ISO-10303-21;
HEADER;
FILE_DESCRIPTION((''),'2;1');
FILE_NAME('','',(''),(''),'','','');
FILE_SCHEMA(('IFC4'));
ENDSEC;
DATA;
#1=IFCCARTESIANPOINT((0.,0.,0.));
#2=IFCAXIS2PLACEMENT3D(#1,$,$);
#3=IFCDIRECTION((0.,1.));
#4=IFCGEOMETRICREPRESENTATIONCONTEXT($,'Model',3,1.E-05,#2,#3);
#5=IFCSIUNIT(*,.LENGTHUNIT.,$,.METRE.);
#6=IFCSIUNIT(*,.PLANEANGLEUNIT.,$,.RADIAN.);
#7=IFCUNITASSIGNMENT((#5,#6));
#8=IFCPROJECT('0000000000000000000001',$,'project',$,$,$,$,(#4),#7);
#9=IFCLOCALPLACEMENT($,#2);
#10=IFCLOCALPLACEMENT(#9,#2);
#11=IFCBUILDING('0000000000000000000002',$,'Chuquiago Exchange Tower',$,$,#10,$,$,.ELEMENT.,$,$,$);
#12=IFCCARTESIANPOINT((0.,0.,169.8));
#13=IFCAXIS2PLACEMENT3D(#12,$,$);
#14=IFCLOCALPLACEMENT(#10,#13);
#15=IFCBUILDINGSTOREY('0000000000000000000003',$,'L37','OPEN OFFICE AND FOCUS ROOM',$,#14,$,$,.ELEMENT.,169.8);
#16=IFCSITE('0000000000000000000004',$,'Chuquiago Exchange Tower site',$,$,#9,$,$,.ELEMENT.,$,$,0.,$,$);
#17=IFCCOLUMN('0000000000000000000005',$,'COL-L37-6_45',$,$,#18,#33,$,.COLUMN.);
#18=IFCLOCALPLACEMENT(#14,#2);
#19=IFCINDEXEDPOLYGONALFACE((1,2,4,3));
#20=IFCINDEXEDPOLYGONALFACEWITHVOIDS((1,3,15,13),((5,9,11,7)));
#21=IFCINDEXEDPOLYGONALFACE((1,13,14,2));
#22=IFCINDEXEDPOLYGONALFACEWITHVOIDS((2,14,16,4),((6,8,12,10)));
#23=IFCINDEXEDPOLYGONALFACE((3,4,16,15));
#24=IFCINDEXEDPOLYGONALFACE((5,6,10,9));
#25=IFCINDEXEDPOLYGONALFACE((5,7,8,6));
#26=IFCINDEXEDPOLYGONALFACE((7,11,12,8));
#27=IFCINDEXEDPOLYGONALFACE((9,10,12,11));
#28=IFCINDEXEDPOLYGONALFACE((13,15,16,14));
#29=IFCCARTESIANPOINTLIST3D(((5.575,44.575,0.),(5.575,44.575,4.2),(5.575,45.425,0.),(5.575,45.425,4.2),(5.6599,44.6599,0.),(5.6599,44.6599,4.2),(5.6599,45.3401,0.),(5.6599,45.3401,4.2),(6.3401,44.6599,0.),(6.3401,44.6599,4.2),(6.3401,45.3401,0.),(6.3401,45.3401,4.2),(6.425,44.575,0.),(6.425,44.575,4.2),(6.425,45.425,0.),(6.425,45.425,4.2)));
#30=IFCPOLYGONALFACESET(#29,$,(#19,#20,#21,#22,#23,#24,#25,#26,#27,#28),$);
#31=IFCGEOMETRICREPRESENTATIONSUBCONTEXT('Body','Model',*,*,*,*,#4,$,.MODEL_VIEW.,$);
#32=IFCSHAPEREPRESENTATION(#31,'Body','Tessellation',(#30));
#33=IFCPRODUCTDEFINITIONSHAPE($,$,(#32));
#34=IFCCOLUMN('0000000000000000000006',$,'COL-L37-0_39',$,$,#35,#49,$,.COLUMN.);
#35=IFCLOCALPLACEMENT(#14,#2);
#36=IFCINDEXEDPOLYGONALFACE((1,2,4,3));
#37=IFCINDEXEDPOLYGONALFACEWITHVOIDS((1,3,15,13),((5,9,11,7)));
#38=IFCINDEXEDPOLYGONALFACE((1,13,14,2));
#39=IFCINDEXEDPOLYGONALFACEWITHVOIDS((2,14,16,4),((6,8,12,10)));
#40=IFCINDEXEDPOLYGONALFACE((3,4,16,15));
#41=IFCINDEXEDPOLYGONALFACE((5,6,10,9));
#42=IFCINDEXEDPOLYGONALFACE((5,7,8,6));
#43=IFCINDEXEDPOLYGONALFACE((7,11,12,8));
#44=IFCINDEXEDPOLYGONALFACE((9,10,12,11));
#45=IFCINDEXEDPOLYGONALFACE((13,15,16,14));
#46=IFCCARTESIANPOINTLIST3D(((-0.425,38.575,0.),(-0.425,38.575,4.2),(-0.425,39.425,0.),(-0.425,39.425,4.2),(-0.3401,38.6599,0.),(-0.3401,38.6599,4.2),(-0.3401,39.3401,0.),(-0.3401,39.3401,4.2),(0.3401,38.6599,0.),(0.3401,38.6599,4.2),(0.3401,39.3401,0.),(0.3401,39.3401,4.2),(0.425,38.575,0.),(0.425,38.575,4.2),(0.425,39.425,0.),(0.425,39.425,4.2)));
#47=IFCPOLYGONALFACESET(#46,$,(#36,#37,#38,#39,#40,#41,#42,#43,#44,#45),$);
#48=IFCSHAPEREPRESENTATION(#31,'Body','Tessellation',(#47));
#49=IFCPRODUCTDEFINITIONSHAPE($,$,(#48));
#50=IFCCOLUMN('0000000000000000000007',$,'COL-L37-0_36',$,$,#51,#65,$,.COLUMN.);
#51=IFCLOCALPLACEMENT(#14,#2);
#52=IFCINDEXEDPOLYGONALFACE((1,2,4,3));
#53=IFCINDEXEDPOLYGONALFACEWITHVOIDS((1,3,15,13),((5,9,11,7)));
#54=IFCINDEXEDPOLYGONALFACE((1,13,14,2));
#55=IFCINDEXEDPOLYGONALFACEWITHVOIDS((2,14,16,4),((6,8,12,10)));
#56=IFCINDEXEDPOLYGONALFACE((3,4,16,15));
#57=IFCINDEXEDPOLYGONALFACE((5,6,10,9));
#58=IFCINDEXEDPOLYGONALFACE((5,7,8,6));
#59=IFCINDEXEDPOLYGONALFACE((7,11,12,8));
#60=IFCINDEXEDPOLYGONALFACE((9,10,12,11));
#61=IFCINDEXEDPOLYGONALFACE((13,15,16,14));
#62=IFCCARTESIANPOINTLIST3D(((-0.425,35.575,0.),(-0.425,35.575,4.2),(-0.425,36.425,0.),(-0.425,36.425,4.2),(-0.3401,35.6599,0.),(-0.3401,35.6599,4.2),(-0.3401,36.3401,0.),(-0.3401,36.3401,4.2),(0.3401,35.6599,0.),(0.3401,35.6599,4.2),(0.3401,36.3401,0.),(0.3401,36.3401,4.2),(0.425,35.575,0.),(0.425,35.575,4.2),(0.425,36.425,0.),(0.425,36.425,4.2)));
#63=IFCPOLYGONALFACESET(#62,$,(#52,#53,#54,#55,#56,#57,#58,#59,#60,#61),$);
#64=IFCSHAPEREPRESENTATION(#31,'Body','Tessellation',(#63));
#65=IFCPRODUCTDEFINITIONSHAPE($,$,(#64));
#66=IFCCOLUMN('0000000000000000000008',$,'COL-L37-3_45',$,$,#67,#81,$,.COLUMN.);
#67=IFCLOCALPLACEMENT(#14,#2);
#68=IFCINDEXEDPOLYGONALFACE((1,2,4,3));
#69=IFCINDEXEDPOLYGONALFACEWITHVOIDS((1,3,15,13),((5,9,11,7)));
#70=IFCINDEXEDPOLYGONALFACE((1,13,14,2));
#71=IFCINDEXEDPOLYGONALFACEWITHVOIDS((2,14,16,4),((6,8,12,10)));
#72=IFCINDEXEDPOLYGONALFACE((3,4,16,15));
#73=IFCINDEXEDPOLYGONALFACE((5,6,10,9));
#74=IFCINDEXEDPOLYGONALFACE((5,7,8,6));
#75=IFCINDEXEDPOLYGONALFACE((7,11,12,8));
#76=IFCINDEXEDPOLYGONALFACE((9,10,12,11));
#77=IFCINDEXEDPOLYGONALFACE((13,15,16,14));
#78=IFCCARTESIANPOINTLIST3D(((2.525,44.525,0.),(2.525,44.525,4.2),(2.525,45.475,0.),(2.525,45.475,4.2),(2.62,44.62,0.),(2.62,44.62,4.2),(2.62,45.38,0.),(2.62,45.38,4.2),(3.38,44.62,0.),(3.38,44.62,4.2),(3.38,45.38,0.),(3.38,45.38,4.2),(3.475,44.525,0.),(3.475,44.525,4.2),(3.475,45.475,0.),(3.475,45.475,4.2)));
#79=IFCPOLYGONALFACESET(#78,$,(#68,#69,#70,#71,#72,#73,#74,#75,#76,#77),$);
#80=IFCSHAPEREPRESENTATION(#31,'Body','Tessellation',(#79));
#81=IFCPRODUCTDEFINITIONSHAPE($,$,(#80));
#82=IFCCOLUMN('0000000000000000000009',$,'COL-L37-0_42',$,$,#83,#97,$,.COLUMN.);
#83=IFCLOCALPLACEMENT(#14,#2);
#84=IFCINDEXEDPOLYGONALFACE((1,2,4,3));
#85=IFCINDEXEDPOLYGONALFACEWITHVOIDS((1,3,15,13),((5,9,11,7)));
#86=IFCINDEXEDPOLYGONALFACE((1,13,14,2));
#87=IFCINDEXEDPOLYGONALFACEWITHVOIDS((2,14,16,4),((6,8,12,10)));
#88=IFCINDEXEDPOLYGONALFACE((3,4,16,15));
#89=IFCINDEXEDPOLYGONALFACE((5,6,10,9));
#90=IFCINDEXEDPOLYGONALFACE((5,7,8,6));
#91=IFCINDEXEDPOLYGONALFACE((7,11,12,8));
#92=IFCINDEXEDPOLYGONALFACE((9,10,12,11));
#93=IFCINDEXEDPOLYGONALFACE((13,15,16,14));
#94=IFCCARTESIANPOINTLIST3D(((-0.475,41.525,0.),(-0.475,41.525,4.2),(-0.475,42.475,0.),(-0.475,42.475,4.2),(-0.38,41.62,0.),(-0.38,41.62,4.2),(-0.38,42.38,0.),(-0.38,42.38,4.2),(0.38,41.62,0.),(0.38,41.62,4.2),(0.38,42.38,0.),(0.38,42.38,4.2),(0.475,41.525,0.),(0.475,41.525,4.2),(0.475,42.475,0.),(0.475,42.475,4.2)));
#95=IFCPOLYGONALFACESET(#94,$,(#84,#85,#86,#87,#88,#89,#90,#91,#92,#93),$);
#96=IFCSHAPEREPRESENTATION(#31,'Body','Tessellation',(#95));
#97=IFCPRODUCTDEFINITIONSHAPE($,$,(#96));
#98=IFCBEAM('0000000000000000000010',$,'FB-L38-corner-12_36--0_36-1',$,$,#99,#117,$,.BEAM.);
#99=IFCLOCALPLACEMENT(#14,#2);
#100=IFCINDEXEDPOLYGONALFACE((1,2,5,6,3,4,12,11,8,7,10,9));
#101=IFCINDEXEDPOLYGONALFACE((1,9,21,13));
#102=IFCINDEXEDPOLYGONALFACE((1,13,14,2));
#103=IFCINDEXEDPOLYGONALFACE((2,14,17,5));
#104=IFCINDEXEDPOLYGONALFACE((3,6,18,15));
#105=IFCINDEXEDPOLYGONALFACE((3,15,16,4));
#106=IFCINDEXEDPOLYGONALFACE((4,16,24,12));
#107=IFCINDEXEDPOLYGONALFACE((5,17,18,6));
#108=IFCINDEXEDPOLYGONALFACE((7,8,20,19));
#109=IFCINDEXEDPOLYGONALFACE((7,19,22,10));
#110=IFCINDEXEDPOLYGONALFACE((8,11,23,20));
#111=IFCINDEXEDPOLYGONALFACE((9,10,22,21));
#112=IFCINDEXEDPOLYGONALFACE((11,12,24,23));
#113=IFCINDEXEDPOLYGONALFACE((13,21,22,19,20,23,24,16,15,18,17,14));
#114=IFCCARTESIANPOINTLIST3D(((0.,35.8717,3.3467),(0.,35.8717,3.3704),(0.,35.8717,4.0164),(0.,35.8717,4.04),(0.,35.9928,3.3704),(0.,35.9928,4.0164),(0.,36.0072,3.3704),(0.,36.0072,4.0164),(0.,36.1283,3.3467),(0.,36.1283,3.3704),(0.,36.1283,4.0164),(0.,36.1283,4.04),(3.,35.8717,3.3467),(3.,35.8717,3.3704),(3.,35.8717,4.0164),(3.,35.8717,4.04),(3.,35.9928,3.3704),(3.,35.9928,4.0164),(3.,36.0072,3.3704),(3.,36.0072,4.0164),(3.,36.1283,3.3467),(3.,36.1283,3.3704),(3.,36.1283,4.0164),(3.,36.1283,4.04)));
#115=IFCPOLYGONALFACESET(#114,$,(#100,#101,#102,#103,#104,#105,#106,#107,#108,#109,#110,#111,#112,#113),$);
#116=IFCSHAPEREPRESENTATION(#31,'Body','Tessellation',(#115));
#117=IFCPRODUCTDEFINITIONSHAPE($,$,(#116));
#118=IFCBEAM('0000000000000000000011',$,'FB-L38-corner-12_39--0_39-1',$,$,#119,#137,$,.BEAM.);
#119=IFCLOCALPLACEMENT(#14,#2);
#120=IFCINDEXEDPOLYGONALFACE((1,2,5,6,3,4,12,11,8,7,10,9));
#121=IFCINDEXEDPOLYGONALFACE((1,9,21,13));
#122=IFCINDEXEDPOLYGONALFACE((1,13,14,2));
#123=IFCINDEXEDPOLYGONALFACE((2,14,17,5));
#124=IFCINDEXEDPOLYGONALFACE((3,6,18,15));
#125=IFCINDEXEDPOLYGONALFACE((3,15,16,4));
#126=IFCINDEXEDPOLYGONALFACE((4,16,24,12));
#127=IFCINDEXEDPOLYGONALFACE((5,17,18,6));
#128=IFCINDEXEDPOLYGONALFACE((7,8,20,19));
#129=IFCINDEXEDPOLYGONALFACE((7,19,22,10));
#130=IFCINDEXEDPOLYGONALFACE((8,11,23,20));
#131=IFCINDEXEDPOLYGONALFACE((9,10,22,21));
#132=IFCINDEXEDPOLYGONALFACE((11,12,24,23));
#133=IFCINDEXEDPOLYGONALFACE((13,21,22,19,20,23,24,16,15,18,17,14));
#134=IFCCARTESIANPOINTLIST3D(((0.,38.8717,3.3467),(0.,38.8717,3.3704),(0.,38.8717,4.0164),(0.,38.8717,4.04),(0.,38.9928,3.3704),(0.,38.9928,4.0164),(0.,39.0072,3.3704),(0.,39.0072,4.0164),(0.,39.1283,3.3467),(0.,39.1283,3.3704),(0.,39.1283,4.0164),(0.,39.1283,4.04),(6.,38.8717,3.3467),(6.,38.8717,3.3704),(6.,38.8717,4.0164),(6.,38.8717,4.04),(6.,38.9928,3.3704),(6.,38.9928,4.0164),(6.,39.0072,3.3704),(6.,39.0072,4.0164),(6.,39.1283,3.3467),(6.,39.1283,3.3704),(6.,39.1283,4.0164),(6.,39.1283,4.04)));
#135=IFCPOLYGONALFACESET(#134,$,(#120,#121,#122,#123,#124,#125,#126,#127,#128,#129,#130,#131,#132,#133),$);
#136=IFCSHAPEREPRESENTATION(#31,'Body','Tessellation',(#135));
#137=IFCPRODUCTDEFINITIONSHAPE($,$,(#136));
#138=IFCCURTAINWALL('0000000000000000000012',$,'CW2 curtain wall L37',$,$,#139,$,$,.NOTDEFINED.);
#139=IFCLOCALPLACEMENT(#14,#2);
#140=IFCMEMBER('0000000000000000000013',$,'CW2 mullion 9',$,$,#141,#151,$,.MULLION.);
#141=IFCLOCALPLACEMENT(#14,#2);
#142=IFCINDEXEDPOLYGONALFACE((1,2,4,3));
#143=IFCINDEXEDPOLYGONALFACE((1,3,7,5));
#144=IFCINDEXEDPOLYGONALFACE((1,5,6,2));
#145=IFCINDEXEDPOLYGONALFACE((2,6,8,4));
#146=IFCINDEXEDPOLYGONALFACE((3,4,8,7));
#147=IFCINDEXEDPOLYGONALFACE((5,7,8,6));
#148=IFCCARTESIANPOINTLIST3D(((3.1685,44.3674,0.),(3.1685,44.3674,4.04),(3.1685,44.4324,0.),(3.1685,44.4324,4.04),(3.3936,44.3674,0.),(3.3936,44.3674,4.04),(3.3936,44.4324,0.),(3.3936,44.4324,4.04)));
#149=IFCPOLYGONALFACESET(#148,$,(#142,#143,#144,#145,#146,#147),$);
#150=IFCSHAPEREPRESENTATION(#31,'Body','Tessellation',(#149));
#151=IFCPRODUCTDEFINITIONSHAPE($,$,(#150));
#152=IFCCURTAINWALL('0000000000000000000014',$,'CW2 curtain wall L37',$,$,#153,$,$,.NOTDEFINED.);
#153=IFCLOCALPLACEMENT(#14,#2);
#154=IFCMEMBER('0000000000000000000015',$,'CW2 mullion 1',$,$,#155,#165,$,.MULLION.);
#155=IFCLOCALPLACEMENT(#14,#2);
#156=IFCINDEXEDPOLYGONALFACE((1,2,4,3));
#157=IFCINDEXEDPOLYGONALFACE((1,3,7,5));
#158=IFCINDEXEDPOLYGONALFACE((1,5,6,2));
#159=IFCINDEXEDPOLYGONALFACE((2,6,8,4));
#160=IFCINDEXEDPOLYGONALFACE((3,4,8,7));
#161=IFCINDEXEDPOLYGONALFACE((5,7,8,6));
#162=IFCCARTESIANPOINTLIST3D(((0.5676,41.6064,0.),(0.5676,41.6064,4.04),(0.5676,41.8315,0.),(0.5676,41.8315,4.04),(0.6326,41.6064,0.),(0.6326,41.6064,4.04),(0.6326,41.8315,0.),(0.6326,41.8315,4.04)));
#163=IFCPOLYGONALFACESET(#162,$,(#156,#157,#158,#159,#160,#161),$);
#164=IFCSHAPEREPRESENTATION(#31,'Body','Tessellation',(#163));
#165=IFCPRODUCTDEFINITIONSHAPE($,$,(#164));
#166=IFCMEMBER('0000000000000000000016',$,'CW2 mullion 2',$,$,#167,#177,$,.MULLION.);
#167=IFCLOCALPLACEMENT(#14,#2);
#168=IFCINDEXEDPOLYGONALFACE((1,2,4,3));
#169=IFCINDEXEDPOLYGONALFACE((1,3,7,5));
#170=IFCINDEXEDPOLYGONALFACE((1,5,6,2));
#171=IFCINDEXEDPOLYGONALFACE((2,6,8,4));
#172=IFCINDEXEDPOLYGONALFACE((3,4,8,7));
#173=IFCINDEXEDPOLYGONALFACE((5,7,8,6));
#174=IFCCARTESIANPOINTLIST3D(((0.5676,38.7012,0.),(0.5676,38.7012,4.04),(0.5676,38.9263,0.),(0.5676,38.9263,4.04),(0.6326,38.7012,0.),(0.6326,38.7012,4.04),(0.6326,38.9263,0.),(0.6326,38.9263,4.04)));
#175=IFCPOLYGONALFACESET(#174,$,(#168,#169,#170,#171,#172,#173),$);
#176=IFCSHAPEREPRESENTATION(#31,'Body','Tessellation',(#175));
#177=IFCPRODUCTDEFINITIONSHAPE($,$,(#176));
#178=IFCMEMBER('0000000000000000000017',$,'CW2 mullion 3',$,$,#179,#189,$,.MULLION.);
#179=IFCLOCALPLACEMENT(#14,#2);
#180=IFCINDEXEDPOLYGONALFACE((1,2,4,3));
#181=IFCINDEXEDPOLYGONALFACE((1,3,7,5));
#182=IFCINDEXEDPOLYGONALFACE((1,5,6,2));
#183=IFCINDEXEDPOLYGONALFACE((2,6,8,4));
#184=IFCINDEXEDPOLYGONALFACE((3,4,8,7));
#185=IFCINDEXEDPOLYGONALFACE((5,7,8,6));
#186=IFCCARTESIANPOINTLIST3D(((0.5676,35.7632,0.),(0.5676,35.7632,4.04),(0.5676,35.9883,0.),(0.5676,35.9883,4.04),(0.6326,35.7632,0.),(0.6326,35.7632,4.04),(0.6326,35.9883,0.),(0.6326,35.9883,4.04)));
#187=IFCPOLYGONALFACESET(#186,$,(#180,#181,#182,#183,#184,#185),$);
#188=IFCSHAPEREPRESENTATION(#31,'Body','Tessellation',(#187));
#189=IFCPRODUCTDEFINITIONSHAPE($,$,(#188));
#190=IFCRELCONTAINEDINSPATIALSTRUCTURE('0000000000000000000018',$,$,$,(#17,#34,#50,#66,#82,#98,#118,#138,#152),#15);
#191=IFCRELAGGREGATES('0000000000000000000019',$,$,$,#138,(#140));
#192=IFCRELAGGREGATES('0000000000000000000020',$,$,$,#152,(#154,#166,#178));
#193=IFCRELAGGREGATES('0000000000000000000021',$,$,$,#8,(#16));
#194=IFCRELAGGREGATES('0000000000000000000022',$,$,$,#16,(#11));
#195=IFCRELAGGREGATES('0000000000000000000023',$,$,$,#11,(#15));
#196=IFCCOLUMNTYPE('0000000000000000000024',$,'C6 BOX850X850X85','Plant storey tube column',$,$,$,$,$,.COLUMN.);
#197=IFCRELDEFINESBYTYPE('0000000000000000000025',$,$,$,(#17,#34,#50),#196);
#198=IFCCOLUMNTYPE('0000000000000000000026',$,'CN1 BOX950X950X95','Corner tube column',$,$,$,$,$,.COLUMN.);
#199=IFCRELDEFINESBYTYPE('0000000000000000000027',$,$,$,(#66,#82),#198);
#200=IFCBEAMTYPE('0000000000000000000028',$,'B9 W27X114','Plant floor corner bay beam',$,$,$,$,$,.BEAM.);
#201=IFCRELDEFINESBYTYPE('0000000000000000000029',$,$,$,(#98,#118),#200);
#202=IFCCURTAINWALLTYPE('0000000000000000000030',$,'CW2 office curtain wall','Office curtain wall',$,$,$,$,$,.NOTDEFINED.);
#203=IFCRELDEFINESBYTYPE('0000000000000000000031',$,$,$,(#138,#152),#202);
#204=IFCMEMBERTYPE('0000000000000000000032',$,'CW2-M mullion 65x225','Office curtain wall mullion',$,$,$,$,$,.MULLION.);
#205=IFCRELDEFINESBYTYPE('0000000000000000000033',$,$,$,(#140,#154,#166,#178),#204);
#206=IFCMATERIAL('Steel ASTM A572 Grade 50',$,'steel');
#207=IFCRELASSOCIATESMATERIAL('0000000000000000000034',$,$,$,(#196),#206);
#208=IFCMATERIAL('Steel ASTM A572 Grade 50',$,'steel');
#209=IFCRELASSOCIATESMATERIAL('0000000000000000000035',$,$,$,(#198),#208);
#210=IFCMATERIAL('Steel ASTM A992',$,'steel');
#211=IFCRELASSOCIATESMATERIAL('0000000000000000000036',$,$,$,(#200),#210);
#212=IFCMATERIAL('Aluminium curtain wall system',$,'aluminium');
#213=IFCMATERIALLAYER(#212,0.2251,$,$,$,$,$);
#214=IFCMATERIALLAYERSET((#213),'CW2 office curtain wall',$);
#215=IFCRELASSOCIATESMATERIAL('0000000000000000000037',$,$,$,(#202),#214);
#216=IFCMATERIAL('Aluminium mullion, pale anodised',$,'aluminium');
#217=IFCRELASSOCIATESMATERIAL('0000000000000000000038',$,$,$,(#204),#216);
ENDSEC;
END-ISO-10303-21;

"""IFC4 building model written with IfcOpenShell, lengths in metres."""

from ifc_helpers import new_model, si_unit, direction, frame, origin, origin_2d, place, context, subcontext, project, spatial, rectangle, hollow_rectangle, i_section, extrude, material, layer, layer_set, material_profile, profile_set, type_object, element, aggregate, save


model = new_model("IFC4")

# Units and contexts
model_context = context("Model", 3, precision=1e-05, world=origin(), true_north=direction((0.0, 1.0)))
body_context = subcontext(model_context, "Body", "Model", "MODEL_VIEW")
ifc_project = project(units=[si_unit("LENGTHUNIT", "METRE"), si_unit("PLANEANGLEUNIT", "RADIAN")], contexts=[model_context])

# Site, building, storey
site_placement = place(None, origin())
site = spatial("IfcSite", under=ifc_project, at=site_placement, Name="Chuquiago Exchange Tower site", CompositionType="ELEMENT", RefElevation=0.0)
building_placement = place(site_placement, origin())
building = spatial("IfcBuilding", under=site, at=building_placement, Name="Chuquiago Exchange Tower", CompositionType="ELEMENT")
storey_placement = place(building_placement, frame((0.0, 0.0, 169.8)))
storey = spatial("IfcBuildingStorey", under=building, at=storey_placement, Name="L37", Description="OPEN OFFICE AND FOCUS ROOM", CompositionType="ELEMENT", Elevation=169.8)

# Columns
ifc_material_1 = material(Name="Steel ASTM A572 Grade 50", Category="steel")
ifc_material_profile_1 = material_profile(ifc_material_1, hollow_rectangle(XDim=0.8501, YDim=0.8501, WallThickness=0.085, at=origin_2d()), Name="BOX850X850X85")
ifc_profile_set_1 = profile_set([ifc_material_profile_1], Name="Steel ASTM A572 Grade 50")
column_type_1 = type_object("IfcColumnType", Name="C6 BOX850X850X85", Description="Plant storey tube column", PredefinedType="COLUMN", material=ifc_profile_set_1)
for number, where, z_axis, x_axis, name in (
    (1, (6.0, 45.0, 0.0), (0.0, 0.0, 1.0), (0.0, 1.0, 0.0), "COL-L37-6_45"),
    (2, (0.0, 39.0, 0.0), (0.0, 0.0, 1.0), (-1.0, 0.0, 0.0), "COL-L37-0_39"),
    (3, (0.0, 36.0, 0.0), (0.0, 0.0, 1.0), (-1.0, 0.0, 0.0), "COL-L37-0_36"),
):
    element("IfcColumn", number, at=place(storey_placement, frame(where, z_axis=z_axis, x_axis=x_axis)), inside=storey, type_object=column_type_1, Name=name, PredefinedType="COLUMN", context=body_context, shape_type="SweptSolid", body=[
        extrude(hollow_rectangle(XDim=0.8501, YDim=0.8501, WallThickness=0.085, at=origin_2d()), origin(), (0.0, 0.0, 1.0), 4.2),
    ])
ifc_material_2 = material(Name="Steel ASTM A572 Grade 50", Category="steel")
ifc_material_profile_2 = material_profile(ifc_material_2, hollow_rectangle(XDim=0.95, YDim=0.95, WallThickness=0.095, at=origin_2d()), Name="BOX950X950X95")
ifc_profile_set_2 = profile_set([ifc_material_profile_2], Name="Steel ASTM A572 Grade 50")
column_type_2 = type_object("IfcColumnType", Name="CN1 BOX950X950X95", Description="Corner tube column", PredefinedType="COLUMN", material=ifc_profile_set_2)
for number, where, z_axis, x_axis, name in (
    (4, (3.0, 45.0, 0.0), (0.0, 0.0, 1.0), (0.0, 1.0, 0.0), "COL-L37-3_45"),
    (5, (0.0, 42.0, 0.0), (0.0, 0.0, 1.0), (-1.0, 0.0, 0.0), "COL-L37-0_42"),
):
    element("IfcColumn", number, at=place(storey_placement, frame(where, z_axis=z_axis, x_axis=x_axis)), inside=storey, type_object=column_type_2, Name=name, PredefinedType="COLUMN", context=body_context, shape_type="SweptSolid", body=[
        extrude(hollow_rectangle(XDim=0.95, YDim=0.95, WallThickness=0.095, at=origin_2d()), origin(), (0.0, 0.0, 1.0), 4.2),
    ])

# Beams
ifc_material_3 = material(Name="Steel ASTM A992", Category="steel")
ifc_material_profile_3 = material_profile(ifc_material_3, i_section(OverallWidth=0.2566, OverallDepth=0.6934, WebThickness=0.0144, FlangeThickness=0.0237, at=origin_2d()), Name="W27X114")
ifc_profile_set_3 = profile_set([ifc_material_profile_3], Name="Steel ASTM A992")
beam_type_1 = type_object("IfcBeamType", Name="B9 W27X114", Description="Plant floor corner bay beam", PredefinedType="BEAM", material=ifc_profile_set_3)
beam_1_placement = place(storey_placement, frame((3.0, 36.0, 3.6934), z_axis=(-1.0, 0.0, 0.0), x_axis=(0.0, -1.0, 0.0)))
element("IfcBeam", 6, at=beam_1_placement, inside=storey, type_object=beam_type_1, Name="FB-L38-corner-12_36--0_36-1", PredefinedType="BEAM", context=body_context, shape_type="SweptSolid", body=[
    extrude(i_section(OverallWidth=0.2566, OverallDepth=0.6934, WebThickness=0.0144, FlangeThickness=0.0237, at=origin_2d()), origin(), (0.0, 0.0, 1.0), 3.0),
])
beam_2_placement = place(storey_placement, frame((6.0, 39.0, 3.6934), z_axis=(-1.0, 0.0, 0.0), x_axis=(0.0, -1.0, 0.0)))
element("IfcBeam", 7, at=beam_2_placement, inside=storey, type_object=beam_type_1, Name="FB-L38-corner-12_39--0_39-1", PredefinedType="BEAM", context=body_context, shape_type="SweptSolid", body=[
    extrude(i_section(OverallWidth=0.2566, OverallDepth=0.6934, WebThickness=0.0144, FlangeThickness=0.0237, at=origin_2d()), origin(), (0.0, 0.0, 1.0), 6.0),
])

# Curtain wall, member
ifc_material_4 = material(Name="Aluminium curtain wall system", Category="aluminium")
ifc_layer_1 = layer(ifc_material_4, 0.2251)
ifc_layer_set_1 = layer_set([ifc_layer_1], Name="CW2 office curtain wall")
curtain_wall_type_1 = type_object("IfcCurtainWallType", Name="CW2 office curtain wall", Description="Office curtain wall", PredefinedType="NOTDEFINED", material=ifc_layer_set_1)
curtain_wall_1_placement = place(storey_placement, origin())
curtain_wall_1 = element("IfcCurtainWall", 8, at=curtain_wall_1_placement, inside=storey, type_object=curtain_wall_type_1, Name="CW2 curtain wall L37", PredefinedType="NOTDEFINED")
ifc_material_5 = material(Name="Aluminium mullion, pale anodised", Category="aluminium")
ifc_material_profile_4 = material_profile(ifc_material_5, rectangle(XDim=0.0649, YDim=0.2251, at=origin_2d()), Name="AL 65x225")
ifc_profile_set_4 = profile_set([ifc_material_profile_4], Name="Aluminium mullion, pale anodised")
member_type_1 = type_object("IfcMemberType", Name="CW2-M mullion 65x225", Description="Office curtain wall mullion", PredefinedType="MULLION", material=ifc_profile_set_4)
member_1_placement = place(storey_placement, frame((3.281, 44.3999, 0.0), z_axis=(0.0, 0.0, 1.0), x_axis=(0.0, -1.0, 0.0)))
member_1 = element("IfcMember", 9, at=member_1_placement, type_object=member_type_1, Name="CW2 mullion 9", PredefinedType="MULLION", context=body_context, shape_type="SweptSolid", body=[
    extrude(rectangle(XDim=0.0649, YDim=0.2251, at=origin_2d()), origin(), (0.0, 0.0, 1.0), 4.04),
])

# Curtain wall, members
curtain_wall_2_placement = place(storey_placement, origin())
curtain_wall_2 = element("IfcCurtainWall", 10, at=curtain_wall_2_placement, inside=storey, type_object=curtain_wall_type_1, Name="CW2 curtain wall L37", PredefinedType="NOTDEFINED")
member_2_placement = place(storey_placement, frame((0.6001, 41.719, 0.0), z_axis=(0.0, 0.0, 1.0), x_axis=(1.0, 0.0, 0.0)))
member_2 = element("IfcMember", 11, at=member_2_placement, type_object=member_type_1, Name="CW2 mullion 1", PredefinedType="MULLION", context=body_context, shape_type="SweptSolid", body=[
    extrude(rectangle(XDim=0.0649, YDim=0.2251, at=origin_2d()), origin(), (0.0, 0.0, 1.0), 4.04),
])
member_3_placement = place(storey_placement, frame((0.6001, 38.8137, 0.0), z_axis=(0.0, 0.0, 1.0), x_axis=(1.0, 0.0, 0.0)))
member_3 = element("IfcMember", 12, at=member_3_placement, type_object=member_type_1, Name="CW2 mullion 2", PredefinedType="MULLION", context=body_context, shape_type="SweptSolid", body=[
    extrude(rectangle(XDim=0.0649, YDim=0.2251, at=origin_2d()), origin(), (0.0, 0.0, 1.0), 4.04),
])
member_4_placement = place(storey_placement, frame((0.6001, 35.8757, 0.0), z_axis=(0.0, 0.0, 1.0), x_axis=(1.0, 0.0, 0.0)))
member_4 = element("IfcMember", 13, at=member_4_placement, type_object=member_type_1, Name="CW2 mullion 3", PredefinedType="MULLION", context=body_context, shape_type="SweptSolid", body=[
    extrude(rectangle(XDim=0.0649, YDim=0.2251, at=origin_2d()), origin(), (0.0, 0.0, 1.0), 4.04),
])

aggregate(curtain_wall_1, [member_1])
aggregate(curtain_wall_2, [member_2, member_3, member_4])

save(model, "model.ifc")
